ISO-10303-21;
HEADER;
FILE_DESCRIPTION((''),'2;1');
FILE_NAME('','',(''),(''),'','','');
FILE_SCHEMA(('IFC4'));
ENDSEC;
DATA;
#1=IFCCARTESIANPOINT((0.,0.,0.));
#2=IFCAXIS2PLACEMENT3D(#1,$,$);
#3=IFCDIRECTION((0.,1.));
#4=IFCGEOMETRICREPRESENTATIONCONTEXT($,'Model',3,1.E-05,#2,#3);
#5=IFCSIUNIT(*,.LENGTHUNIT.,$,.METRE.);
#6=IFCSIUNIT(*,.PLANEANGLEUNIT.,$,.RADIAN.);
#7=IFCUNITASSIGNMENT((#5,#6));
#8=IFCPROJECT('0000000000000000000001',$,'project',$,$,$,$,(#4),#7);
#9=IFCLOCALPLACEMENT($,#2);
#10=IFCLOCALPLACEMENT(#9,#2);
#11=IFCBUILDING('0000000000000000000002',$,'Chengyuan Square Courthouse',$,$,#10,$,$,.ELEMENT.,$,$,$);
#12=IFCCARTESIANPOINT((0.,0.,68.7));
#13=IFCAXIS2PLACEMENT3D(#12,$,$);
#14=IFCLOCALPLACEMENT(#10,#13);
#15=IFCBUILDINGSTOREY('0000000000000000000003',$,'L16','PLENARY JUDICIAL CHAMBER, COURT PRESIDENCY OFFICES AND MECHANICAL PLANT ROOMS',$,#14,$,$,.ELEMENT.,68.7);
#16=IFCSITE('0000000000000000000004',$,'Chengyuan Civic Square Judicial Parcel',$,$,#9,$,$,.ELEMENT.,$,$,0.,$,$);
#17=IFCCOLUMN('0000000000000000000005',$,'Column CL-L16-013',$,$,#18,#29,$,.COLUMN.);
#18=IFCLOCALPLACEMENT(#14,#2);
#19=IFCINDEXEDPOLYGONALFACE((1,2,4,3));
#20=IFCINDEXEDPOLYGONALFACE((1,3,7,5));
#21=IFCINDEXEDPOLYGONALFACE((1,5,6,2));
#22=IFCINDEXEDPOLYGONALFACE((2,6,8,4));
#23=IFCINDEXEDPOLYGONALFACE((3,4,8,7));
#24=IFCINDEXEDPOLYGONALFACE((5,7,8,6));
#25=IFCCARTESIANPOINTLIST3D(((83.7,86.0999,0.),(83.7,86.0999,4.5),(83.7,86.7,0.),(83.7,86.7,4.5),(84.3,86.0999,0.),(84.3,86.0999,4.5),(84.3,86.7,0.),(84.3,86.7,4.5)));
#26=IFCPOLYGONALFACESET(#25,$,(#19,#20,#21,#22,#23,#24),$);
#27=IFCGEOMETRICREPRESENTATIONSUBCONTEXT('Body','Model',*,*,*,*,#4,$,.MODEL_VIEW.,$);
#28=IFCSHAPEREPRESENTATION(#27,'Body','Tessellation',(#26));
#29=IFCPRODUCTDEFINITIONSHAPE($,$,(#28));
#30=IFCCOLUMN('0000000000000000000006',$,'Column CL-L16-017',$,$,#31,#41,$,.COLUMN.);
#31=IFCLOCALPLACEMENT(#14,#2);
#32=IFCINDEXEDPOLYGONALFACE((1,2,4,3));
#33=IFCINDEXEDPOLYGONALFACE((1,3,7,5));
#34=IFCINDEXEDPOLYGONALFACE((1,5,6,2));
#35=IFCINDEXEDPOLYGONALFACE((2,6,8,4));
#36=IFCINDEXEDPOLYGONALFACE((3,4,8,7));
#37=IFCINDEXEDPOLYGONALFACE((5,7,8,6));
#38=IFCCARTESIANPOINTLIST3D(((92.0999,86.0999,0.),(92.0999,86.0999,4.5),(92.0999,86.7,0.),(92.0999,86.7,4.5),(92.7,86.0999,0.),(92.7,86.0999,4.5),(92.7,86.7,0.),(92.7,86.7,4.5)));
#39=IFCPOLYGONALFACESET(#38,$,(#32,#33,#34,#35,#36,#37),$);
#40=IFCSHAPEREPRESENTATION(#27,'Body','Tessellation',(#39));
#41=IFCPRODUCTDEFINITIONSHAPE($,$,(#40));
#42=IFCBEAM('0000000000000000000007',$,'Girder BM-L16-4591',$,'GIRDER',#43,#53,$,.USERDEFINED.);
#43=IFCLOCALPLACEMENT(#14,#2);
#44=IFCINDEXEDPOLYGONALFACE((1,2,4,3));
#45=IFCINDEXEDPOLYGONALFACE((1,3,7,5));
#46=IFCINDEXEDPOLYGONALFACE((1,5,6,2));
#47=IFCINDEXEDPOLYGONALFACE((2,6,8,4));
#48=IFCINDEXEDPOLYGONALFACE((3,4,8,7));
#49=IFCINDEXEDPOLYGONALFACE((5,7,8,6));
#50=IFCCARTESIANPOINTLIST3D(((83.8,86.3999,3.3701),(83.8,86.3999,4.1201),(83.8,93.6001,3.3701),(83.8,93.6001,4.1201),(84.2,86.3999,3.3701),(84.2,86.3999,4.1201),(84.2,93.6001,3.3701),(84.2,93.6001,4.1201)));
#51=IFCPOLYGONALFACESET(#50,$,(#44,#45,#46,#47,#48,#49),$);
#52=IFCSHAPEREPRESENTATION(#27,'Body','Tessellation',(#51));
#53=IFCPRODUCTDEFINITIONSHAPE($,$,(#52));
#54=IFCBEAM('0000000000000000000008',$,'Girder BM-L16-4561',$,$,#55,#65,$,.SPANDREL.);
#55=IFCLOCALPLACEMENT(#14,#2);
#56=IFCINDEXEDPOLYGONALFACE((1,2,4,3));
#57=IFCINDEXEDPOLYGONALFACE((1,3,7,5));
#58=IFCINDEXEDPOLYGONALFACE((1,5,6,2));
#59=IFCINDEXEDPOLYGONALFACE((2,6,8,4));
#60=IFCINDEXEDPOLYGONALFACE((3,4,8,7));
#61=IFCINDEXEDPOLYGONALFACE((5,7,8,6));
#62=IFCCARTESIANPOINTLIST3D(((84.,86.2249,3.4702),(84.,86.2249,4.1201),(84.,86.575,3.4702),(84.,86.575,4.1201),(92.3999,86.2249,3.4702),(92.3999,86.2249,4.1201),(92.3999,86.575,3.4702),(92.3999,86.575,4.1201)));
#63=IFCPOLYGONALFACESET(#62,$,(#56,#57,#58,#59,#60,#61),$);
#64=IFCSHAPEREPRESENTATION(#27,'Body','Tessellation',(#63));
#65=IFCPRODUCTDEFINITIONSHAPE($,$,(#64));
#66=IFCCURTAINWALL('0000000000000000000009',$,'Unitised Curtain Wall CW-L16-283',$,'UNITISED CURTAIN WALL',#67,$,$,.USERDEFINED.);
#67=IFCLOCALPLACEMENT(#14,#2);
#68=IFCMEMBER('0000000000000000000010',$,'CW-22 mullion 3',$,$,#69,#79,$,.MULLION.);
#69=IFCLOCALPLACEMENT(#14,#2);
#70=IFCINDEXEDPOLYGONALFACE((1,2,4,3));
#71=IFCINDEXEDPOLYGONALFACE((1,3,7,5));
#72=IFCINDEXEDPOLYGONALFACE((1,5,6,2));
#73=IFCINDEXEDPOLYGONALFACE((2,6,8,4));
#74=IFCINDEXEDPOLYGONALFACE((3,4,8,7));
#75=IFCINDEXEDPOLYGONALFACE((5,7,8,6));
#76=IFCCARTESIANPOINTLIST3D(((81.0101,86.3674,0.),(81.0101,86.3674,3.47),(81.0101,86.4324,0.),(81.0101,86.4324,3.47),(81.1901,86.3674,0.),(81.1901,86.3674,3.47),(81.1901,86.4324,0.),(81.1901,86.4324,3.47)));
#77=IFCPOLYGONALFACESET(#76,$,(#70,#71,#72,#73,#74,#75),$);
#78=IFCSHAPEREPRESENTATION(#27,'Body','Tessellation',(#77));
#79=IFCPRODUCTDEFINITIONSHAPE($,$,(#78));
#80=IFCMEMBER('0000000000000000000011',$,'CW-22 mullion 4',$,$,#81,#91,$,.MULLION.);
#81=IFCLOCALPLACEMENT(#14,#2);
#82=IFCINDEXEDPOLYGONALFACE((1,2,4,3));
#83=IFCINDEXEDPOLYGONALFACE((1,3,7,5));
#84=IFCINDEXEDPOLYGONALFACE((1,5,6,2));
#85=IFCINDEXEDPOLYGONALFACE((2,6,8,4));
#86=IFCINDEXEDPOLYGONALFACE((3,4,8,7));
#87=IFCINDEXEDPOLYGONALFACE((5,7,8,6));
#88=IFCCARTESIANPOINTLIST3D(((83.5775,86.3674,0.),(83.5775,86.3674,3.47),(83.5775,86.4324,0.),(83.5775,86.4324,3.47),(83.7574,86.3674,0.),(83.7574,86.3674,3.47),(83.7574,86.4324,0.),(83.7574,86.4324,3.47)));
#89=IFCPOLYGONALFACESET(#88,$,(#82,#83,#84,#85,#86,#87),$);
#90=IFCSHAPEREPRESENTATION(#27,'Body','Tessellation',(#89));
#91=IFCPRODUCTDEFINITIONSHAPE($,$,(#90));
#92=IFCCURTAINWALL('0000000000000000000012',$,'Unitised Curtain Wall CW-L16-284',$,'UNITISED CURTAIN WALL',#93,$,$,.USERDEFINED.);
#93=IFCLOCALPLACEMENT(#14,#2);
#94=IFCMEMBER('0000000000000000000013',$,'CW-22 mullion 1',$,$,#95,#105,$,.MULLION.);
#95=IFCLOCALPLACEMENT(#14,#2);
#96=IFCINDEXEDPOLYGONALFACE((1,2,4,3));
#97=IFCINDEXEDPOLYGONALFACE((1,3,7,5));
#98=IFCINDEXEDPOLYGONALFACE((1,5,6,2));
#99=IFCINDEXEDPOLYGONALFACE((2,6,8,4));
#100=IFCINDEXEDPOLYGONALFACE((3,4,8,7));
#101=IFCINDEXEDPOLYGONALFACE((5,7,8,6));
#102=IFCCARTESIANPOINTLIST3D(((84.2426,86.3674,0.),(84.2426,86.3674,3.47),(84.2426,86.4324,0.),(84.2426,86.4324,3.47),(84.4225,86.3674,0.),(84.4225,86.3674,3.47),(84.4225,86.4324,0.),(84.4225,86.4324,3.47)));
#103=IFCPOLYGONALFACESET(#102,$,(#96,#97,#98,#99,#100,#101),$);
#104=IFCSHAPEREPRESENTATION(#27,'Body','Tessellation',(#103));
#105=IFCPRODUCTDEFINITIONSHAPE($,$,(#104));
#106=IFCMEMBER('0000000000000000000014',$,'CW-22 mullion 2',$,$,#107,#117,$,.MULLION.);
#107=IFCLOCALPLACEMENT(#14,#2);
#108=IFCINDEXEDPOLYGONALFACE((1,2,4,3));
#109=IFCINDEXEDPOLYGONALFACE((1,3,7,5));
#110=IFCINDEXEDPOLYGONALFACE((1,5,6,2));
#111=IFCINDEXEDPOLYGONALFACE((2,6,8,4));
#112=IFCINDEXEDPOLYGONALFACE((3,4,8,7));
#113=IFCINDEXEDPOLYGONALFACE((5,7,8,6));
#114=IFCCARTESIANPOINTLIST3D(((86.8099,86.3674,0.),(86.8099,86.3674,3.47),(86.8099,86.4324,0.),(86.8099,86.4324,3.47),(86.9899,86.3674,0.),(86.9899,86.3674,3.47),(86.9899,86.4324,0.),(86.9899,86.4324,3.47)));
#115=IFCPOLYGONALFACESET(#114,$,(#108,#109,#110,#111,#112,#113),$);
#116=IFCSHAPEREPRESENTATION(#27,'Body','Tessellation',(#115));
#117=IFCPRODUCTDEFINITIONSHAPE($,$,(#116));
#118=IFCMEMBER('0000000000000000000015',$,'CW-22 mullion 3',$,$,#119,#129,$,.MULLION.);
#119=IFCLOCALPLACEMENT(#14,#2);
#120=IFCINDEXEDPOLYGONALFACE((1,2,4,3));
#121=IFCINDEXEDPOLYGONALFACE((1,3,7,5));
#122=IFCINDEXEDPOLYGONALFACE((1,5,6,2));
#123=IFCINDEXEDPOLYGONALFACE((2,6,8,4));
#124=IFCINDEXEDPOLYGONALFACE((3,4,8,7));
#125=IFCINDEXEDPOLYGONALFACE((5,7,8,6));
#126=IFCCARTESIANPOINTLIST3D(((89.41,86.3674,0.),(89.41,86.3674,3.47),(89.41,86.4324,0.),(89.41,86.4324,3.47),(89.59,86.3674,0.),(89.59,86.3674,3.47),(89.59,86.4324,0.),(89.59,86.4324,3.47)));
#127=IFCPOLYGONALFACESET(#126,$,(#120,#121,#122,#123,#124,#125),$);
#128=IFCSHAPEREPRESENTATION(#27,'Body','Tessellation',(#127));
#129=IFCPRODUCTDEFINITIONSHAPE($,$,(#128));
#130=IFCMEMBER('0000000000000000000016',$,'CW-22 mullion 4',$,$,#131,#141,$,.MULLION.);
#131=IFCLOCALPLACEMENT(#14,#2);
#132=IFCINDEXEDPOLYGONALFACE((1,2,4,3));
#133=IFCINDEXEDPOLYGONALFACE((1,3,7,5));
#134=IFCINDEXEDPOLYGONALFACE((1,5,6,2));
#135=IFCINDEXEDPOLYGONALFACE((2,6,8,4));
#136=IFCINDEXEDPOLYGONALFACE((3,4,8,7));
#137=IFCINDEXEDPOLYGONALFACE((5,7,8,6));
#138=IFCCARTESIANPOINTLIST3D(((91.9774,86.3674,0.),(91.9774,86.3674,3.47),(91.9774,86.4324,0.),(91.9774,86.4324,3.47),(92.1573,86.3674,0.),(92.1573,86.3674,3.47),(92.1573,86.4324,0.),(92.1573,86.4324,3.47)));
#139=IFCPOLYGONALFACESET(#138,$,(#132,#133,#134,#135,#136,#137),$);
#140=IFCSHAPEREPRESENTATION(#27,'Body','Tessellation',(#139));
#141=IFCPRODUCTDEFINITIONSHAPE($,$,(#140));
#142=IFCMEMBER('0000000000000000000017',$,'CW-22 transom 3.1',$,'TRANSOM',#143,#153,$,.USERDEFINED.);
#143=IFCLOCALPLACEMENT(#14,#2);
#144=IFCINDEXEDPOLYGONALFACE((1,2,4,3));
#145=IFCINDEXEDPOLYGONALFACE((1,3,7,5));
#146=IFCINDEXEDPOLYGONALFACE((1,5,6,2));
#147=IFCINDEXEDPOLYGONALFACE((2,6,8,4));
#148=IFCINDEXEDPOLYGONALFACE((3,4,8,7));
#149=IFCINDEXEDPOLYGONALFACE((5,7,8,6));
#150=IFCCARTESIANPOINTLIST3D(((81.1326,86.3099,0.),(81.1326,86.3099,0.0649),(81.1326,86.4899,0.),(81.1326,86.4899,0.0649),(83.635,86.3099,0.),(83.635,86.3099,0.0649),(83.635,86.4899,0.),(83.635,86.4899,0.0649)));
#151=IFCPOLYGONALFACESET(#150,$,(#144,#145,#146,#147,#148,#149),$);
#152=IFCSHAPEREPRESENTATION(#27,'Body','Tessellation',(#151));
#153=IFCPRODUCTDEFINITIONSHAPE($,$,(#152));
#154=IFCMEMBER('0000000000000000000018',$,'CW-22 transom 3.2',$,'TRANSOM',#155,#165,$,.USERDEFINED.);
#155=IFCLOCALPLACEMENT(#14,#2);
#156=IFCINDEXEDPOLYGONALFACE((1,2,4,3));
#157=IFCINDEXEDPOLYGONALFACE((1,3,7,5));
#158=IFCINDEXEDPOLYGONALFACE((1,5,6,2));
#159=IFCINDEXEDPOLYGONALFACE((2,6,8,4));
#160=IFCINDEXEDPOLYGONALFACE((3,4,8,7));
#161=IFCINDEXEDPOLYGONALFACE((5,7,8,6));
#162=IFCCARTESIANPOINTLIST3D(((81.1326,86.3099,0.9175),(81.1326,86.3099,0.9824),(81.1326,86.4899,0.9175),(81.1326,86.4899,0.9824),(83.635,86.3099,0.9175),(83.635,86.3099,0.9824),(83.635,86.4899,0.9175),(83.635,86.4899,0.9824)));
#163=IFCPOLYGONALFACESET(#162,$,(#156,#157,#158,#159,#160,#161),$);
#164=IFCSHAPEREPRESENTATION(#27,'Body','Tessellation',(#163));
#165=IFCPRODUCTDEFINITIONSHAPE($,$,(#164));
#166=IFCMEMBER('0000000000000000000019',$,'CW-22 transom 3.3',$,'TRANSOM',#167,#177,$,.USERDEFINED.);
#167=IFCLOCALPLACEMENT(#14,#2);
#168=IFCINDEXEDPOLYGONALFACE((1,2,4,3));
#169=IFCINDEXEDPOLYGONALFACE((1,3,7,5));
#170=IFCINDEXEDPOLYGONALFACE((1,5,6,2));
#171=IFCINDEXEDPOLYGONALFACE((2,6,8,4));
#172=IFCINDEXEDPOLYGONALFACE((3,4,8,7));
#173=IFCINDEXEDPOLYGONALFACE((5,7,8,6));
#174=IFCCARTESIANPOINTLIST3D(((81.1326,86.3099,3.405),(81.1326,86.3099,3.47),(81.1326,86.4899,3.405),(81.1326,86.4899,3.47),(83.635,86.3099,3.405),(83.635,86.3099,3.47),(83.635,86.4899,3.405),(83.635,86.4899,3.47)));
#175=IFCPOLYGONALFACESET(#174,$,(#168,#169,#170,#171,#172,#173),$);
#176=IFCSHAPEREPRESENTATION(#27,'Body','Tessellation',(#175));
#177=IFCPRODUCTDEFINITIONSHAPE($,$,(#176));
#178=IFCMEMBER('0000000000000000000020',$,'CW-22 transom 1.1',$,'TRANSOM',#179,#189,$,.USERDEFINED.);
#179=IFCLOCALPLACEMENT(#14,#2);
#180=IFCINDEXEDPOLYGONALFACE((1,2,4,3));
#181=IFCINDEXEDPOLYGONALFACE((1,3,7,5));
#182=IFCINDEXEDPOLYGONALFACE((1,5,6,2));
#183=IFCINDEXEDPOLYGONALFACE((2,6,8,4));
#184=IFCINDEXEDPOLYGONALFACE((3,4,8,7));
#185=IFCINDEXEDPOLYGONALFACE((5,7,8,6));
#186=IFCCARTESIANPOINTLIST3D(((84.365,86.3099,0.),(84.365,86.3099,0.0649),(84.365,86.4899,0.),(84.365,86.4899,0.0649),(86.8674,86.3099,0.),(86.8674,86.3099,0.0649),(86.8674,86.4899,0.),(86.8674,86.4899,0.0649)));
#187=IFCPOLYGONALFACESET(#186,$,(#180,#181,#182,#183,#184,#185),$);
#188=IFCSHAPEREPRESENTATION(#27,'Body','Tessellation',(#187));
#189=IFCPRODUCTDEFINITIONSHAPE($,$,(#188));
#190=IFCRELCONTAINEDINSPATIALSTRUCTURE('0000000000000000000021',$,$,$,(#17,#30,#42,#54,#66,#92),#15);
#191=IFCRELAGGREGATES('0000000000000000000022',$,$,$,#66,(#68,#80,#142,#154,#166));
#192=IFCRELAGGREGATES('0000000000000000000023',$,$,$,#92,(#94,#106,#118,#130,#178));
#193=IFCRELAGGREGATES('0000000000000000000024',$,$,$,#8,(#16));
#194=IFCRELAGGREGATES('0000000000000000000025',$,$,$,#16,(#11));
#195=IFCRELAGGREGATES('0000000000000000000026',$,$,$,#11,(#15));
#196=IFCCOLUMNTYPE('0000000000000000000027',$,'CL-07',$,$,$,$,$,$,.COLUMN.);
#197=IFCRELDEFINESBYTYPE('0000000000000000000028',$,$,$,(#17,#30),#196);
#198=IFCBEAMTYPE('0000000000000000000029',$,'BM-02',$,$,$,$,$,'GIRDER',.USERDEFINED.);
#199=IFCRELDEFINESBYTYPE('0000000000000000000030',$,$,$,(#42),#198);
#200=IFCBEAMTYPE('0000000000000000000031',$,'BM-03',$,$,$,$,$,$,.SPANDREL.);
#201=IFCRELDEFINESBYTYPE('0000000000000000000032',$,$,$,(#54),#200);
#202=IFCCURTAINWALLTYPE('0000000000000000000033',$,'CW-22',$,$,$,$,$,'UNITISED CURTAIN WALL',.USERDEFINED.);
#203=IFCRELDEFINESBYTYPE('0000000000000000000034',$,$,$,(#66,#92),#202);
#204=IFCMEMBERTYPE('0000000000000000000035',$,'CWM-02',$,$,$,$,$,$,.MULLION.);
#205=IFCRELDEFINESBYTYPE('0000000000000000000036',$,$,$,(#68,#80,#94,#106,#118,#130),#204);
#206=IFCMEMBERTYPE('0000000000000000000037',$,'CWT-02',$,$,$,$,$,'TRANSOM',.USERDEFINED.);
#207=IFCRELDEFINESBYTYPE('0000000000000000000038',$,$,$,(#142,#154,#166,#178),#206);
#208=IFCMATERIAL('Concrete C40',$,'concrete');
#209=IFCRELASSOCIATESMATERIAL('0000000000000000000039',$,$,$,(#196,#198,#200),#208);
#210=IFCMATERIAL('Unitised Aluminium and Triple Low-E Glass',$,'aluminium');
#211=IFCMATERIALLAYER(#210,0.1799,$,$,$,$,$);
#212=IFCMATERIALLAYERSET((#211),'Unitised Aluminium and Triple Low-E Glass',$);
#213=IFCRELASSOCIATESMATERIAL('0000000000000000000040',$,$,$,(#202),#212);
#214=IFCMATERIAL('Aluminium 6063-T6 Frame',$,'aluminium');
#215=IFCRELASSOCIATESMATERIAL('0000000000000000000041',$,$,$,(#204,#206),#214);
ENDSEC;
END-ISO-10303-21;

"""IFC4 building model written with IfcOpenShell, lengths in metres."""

from ifc_helpers import new_model, si_unit, direction, frame, origin, origin_2d, place, context, subcontext, project, spatial, rectangle, extrude, material, layer, layer_set, material_profile, profile_set, type_object, element, aggregate, save


model = new_model("IFC4")

# Units and contexts
model_context = context("Model", 3, precision=1e-05, world=origin(), true_north=direction((0.0, 1.0)))
body_context = subcontext(model_context, "Body", "Model", "MODEL_VIEW")
ifc_project = project(units=[si_unit("LENGTHUNIT", "METRE"), si_unit("PLANEANGLEUNIT", "RADIAN")], contexts=[model_context])

# Site, building, storey
site_placement = place(None, origin())
site = spatial("IfcSite", under=ifc_project, at=site_placement, Name="Chengyuan Civic Square Judicial Parcel", CompositionType="ELEMENT", RefElevation=0.0)
building_placement = place(site_placement, origin())
building = spatial("IfcBuilding", under=site, at=building_placement, Name="Chengyuan Square Courthouse", CompositionType="ELEMENT")
storey_placement = place(building_placement, frame((0.0, 0.0, 68.7)))
storey = spatial("IfcBuildingStorey", under=building, at=storey_placement, Name="L16", Description="PLENARY JUDICIAL CHAMBER, COURT PRESIDENCY OFFICES AND MECHANICAL PLANT ROOMS", CompositionType="ELEMENT", Elevation=68.7)

# Columns
ifc_material_1 = material(Name="Concrete C40", Category="concrete")
ifc_material_profile_1 = material_profile(ifc_material_1, rectangle(XDim=0.6001, YDim=0.6001, at=origin_2d()), Name="RC-COL-600x600")
ifc_profile_set_1 = profile_set([ifc_material_profile_1], Name="Concrete C40")
column_type = type_object("IfcColumnType", Name="CL-07", PredefinedType="COLUMN", material=ifc_profile_set_1)
for number, where, z_axis, x_axis, name in (
    (1, (84.0, 86.3999, 0.0), (0.0, 0.0, 1.0), (1.0, 0.0, 0.0), "Column CL-L16-013"),
    (2, (92.3999, 86.3999, 0.0), (0.0, 0.0, 1.0), (1.0, 0.0, 0.0), "Column CL-L16-017"),
):
    element("IfcColumn", number, at=place(storey_placement, frame(where, z_axis=z_axis, x_axis=x_axis)), inside=storey, type_object=column_type, Name=name, PredefinedType="COLUMN", context=body_context, shape_type="SweptSolid", body=[
        extrude(rectangle(XDim=0.6001, YDim=0.6001, at=origin_2d()), origin(), (0.0, 0.0, 1.0), 4.5),
    ])

# Beams
ifc_material_profile_2 = material_profile(ifc_material_1, rectangle(XDim=0.3999, YDim=0.75, at=origin_2d()), Name="RC-BM-400x750")
ifc_profile_set_2 = profile_set([ifc_material_profile_2], Name="Concrete C40")
beam_type_1 = type_object("IfcBeamType", Name="BM-02", ElementType="GIRDER", PredefinedType="USERDEFINED", material=ifc_profile_set_2)
beam_1_placement = place(storey_placement, frame((84.0, 86.3999, 3.7451), z_axis=(0.0, 1.0, 0.0), x_axis=(-1.0, 0.0, 0.0)))
element("IfcBeam", 3, at=beam_1_placement, inside=storey, type_object=beam_type_1, Name="Girder BM-L16-4591", ObjectType="GIRDER", PredefinedType="USERDEFINED", context=body_context, shape_type="SweptSolid", body=[
    extrude(rectangle(XDim=0.3999, YDim=0.75, at=origin_2d()), origin(), (0.0, 0.0, 1.0), 7.2002),
])
ifc_material_profile_3 = material_profile(ifc_material_1, rectangle(XDim=0.3501, YDim=0.6499, at=origin_2d()), Name="RC-BM-350x650")
ifc_profile_set_3 = profile_set([ifc_material_profile_3], Name="Concrete C40")
beam_type_2 = type_object("IfcBeamType", Name="BM-03", PredefinedType="SPANDREL", material=ifc_profile_set_3)
beam_2_placement = place(storey_placement, frame((84.0, 86.3999, 3.7952), z_axis=(1.0, 0.0, 0.0), x_axis=(0.0, 1.0, 0.0)))
element("IfcBeam", 4, at=beam_2_placement, inside=storey, type_object=beam_type_2, Name="Girder BM-L16-4561", PredefinedType="SPANDREL", context=body_context, shape_type="SweptSolid", body=[
    extrude(rectangle(XDim=0.3501, YDim=0.6499, at=origin_2d()), origin(), (0.0, 0.0, 1.0), 8.3999),
])

# Curtain walls, members
ifc_material_2 = material(Name="Unitised Aluminium and Triple Low-E Glass", Category="aluminium")
ifc_layer_1 = layer(ifc_material_2, 0.1799)
ifc_layer_set_1 = layer_set([ifc_layer_1], Name="Unitised Aluminium and Triple Low-E Glass")
curtain_wall_type = type_object("IfcCurtainWallType", Name="CW-22", ElementType="UNITISED CURTAIN WALL", PredefinedType="USERDEFINED", material=ifc_layer_set_1)
curtain_wall_1_placement = place(storey_placement, origin())
curtain_wall_1 = element("IfcCurtainWall", 5, at=curtain_wall_1_placement, inside=storey, type_object=curtain_wall_type, Name="Unitised Curtain Wall CW-L16-283", ObjectType="UNITISED CURTAIN WALL", PredefinedType="USERDEFINED")
ifc_material_3 = material(Name="Aluminium 6063-T6 Frame", Category="aluminium")
ifc_material_profile_4 = material_profile(ifc_material_3, rectangle(XDim=0.0649, YDim=0.1799, at=origin_2d()), Name="CW-MUL-65x180")
ifc_profile_set_4 = profile_set([ifc_material_profile_4], Name="Aluminium 6063-T6 Frame")
member_type_1 = type_object("IfcMemberType", Name="CWM-02", PredefinedType="MULLION", material=ifc_profile_set_4)
member_1_placement = place(storey_placement, frame((81.1001, 86.3999, 0.0), z_axis=(0.0, 0.0, 1.0), x_axis=(0.0, 1.0, 0.0)))
member_1 = element("IfcMember", 6, at=member_1_placement, type_object=member_type_1, Name="CW-22 mullion 3", PredefinedType="MULLION", context=body_context, shape_type="SweptSolid", body=[
    extrude(rectangle(XDim=0.0649, YDim=0.1799, at=origin_2d()), origin(), (0.0, 0.0, 1.0), 3.47),
])
member_2_placement = place(storey_placement, frame((83.6675, 86.3999, 0.0), z_axis=(0.0, 0.0, 1.0), x_axis=(0.0, 1.0, 0.0)))
member_2 = element("IfcMember", 7, at=member_2_placement, type_object=member_type_1, Name="CW-22 mullion 4", PredefinedType="MULLION", context=body_context, shape_type="SweptSolid", body=[
    extrude(rectangle(XDim=0.0649, YDim=0.1799, at=origin_2d()), origin(), (0.0, 0.0, 1.0), 3.47),
])
curtain_wall_2_placement = place(storey_placement, origin())
curtain_wall_2 = element("IfcCurtainWall", 8, at=curtain_wall_2_placement, inside=storey, type_object=curtain_wall_type, Name="Unitised Curtain Wall CW-L16-284", ObjectType="UNITISED CURTAIN WALL", PredefinedType="USERDEFINED")
member_3_placement = place(storey_placement, frame((84.3325, 86.3999, 0.0), z_axis=(0.0, 0.0, 1.0), x_axis=(0.0, 1.0, 0.0)))
member_3 = element("IfcMember", 9, at=member_3_placement, type_object=member_type_1, Name="CW-22 mullion 1", PredefinedType="MULLION", context=body_context, shape_type="SweptSolid", body=[
    extrude(rectangle(XDim=0.0649, YDim=0.1799, at=origin_2d()), origin(), (0.0, 0.0, 1.0), 3.47),
])
member_4_placement = place(storey_placement, frame((86.8999, 86.3999, 0.0), z_axis=(0.0, 0.0, 1.0), x_axis=(0.0, 1.0, 0.0)))
member_4 = element("IfcMember", 10, at=member_4_placement, type_object=member_type_1, Name="CW-22 mullion 2", PredefinedType="MULLION", context=body_context, shape_type="SweptSolid", body=[
    extrude(rectangle(XDim=0.0649, YDim=0.1799, at=origin_2d()), origin(), (0.0, 0.0, 1.0), 3.47),
])
member_5_placement = place(storey_placement, frame((89.5, 86.3999, 0.0), z_axis=(0.0, 0.0, 1.0), x_axis=(0.0, 1.0, 0.0)))
member_5 = element("IfcMember", 11, at=member_5_placement, type_object=member_type_1, Name="CW-22 mullion 3", PredefinedType="MULLION", context=body_context, shape_type="SweptSolid", body=[
    extrude(rectangle(XDim=0.0649, YDim=0.1799, at=origin_2d()), origin(), (0.0, 0.0, 1.0), 3.47),
])
member_6_placement = place(storey_placement, frame((92.0674, 86.3999, 0.0), z_axis=(0.0, 0.0, 1.0), x_axis=(0.0, 1.0, 0.0)))
member_6 = element("IfcMember", 12, at=member_6_placement, type_object=member_type_1, Name="CW-22 mullion 4", PredefinedType="MULLION", context=body_context, shape_type="SweptSolid", body=[
    extrude(rectangle(XDim=0.0649, YDim=0.1799, at=origin_2d()), origin(), (0.0, 0.0, 1.0), 3.47),
])

# Members
ifc_material_profile_5 = material_profile(ifc_material_3, rectangle(XDim=0.1799, YDim=0.0649, at=origin_2d()), Name="CW-TRN-65x140")
ifc_profile_set_5 = profile_set([ifc_material_profile_5], Name="Aluminium 6063-T6 Frame")
member_type_2 = type_object("IfcMemberType", Name="CWT-02", ElementType="TRANSOM", PredefinedType="USERDEFINED", material=ifc_profile_set_5)
member_7_placement = place(storey_placement, frame((81.1326, 86.3999, 0.0325), z_axis=(1.0, 0.0, 0.0), x_axis=(0.0, 1.0, 0.0)))
member_7 = element("IfcMember", 13, at=member_7_placement, type_object=member_type_2, Name="CW-22 transom 3.1", ObjectType="TRANSOM", PredefinedType="USERDEFINED", context=body_context, shape_type="SweptSolid", body=[
    extrude(rectangle(XDim=0.1799, YDim=0.0649, at=origin_2d()), origin(), (0.0, 0.0, 1.0), 2.5024),
])
member_8_placement = place(storey_placement, frame((81.1326, 86.3999, 0.95), z_axis=(1.0, 0.0, 0.0), x_axis=(0.0, 1.0, 0.0)))
member_8 = element("IfcMember", 14, at=member_8_placement, type_object=member_type_2, Name="CW-22 transom 3.2", ObjectType="TRANSOM", PredefinedType="USERDEFINED", context=body_context, shape_type="SweptSolid", body=[
    extrude(rectangle(XDim=0.1799, YDim=0.0649, at=origin_2d()), origin(), (0.0, 0.0, 1.0), 2.5024),
])
member_9_placement = place(storey_placement, frame((81.1326, 86.3999, 3.4375), z_axis=(1.0, 0.0, 0.0), x_axis=(0.0, 1.0, 0.0)))
member_9 = element("IfcMember", 15, at=member_9_placement, type_object=member_type_2, Name="CW-22 transom 3.3", ObjectType="TRANSOM", PredefinedType="USERDEFINED", context=body_context, shape_type="SweptSolid", body=[
    extrude(rectangle(XDim=0.1799, YDim=0.0649, at=origin_2d()), origin(), (0.0, 0.0, 1.0), 2.5024),
])
member_10_placement = place(storey_placement, frame((84.365, 86.3999, 0.0325), z_axis=(1.0, 0.0, 0.0), x_axis=(0.0, 1.0, 0.0)))
member_10 = element("IfcMember", 16, at=member_10_placement, type_object=member_type_2, Name="CW-22 transom 1.1", ObjectType="TRANSOM", PredefinedType="USERDEFINED", context=body_context, shape_type="SweptSolid", body=[
    extrude(rectangle(XDim=0.1799, YDim=0.0649, at=origin_2d()), origin(), (0.0, 0.0, 1.0), 2.5024),
])

aggregate(curtain_wall_1, [member_1, member_2, member_7, member_8, member_9])
aggregate(curtain_wall_2, [member_3, member_4, member_5, member_6, member_10])

save(model, "model.ifc")
